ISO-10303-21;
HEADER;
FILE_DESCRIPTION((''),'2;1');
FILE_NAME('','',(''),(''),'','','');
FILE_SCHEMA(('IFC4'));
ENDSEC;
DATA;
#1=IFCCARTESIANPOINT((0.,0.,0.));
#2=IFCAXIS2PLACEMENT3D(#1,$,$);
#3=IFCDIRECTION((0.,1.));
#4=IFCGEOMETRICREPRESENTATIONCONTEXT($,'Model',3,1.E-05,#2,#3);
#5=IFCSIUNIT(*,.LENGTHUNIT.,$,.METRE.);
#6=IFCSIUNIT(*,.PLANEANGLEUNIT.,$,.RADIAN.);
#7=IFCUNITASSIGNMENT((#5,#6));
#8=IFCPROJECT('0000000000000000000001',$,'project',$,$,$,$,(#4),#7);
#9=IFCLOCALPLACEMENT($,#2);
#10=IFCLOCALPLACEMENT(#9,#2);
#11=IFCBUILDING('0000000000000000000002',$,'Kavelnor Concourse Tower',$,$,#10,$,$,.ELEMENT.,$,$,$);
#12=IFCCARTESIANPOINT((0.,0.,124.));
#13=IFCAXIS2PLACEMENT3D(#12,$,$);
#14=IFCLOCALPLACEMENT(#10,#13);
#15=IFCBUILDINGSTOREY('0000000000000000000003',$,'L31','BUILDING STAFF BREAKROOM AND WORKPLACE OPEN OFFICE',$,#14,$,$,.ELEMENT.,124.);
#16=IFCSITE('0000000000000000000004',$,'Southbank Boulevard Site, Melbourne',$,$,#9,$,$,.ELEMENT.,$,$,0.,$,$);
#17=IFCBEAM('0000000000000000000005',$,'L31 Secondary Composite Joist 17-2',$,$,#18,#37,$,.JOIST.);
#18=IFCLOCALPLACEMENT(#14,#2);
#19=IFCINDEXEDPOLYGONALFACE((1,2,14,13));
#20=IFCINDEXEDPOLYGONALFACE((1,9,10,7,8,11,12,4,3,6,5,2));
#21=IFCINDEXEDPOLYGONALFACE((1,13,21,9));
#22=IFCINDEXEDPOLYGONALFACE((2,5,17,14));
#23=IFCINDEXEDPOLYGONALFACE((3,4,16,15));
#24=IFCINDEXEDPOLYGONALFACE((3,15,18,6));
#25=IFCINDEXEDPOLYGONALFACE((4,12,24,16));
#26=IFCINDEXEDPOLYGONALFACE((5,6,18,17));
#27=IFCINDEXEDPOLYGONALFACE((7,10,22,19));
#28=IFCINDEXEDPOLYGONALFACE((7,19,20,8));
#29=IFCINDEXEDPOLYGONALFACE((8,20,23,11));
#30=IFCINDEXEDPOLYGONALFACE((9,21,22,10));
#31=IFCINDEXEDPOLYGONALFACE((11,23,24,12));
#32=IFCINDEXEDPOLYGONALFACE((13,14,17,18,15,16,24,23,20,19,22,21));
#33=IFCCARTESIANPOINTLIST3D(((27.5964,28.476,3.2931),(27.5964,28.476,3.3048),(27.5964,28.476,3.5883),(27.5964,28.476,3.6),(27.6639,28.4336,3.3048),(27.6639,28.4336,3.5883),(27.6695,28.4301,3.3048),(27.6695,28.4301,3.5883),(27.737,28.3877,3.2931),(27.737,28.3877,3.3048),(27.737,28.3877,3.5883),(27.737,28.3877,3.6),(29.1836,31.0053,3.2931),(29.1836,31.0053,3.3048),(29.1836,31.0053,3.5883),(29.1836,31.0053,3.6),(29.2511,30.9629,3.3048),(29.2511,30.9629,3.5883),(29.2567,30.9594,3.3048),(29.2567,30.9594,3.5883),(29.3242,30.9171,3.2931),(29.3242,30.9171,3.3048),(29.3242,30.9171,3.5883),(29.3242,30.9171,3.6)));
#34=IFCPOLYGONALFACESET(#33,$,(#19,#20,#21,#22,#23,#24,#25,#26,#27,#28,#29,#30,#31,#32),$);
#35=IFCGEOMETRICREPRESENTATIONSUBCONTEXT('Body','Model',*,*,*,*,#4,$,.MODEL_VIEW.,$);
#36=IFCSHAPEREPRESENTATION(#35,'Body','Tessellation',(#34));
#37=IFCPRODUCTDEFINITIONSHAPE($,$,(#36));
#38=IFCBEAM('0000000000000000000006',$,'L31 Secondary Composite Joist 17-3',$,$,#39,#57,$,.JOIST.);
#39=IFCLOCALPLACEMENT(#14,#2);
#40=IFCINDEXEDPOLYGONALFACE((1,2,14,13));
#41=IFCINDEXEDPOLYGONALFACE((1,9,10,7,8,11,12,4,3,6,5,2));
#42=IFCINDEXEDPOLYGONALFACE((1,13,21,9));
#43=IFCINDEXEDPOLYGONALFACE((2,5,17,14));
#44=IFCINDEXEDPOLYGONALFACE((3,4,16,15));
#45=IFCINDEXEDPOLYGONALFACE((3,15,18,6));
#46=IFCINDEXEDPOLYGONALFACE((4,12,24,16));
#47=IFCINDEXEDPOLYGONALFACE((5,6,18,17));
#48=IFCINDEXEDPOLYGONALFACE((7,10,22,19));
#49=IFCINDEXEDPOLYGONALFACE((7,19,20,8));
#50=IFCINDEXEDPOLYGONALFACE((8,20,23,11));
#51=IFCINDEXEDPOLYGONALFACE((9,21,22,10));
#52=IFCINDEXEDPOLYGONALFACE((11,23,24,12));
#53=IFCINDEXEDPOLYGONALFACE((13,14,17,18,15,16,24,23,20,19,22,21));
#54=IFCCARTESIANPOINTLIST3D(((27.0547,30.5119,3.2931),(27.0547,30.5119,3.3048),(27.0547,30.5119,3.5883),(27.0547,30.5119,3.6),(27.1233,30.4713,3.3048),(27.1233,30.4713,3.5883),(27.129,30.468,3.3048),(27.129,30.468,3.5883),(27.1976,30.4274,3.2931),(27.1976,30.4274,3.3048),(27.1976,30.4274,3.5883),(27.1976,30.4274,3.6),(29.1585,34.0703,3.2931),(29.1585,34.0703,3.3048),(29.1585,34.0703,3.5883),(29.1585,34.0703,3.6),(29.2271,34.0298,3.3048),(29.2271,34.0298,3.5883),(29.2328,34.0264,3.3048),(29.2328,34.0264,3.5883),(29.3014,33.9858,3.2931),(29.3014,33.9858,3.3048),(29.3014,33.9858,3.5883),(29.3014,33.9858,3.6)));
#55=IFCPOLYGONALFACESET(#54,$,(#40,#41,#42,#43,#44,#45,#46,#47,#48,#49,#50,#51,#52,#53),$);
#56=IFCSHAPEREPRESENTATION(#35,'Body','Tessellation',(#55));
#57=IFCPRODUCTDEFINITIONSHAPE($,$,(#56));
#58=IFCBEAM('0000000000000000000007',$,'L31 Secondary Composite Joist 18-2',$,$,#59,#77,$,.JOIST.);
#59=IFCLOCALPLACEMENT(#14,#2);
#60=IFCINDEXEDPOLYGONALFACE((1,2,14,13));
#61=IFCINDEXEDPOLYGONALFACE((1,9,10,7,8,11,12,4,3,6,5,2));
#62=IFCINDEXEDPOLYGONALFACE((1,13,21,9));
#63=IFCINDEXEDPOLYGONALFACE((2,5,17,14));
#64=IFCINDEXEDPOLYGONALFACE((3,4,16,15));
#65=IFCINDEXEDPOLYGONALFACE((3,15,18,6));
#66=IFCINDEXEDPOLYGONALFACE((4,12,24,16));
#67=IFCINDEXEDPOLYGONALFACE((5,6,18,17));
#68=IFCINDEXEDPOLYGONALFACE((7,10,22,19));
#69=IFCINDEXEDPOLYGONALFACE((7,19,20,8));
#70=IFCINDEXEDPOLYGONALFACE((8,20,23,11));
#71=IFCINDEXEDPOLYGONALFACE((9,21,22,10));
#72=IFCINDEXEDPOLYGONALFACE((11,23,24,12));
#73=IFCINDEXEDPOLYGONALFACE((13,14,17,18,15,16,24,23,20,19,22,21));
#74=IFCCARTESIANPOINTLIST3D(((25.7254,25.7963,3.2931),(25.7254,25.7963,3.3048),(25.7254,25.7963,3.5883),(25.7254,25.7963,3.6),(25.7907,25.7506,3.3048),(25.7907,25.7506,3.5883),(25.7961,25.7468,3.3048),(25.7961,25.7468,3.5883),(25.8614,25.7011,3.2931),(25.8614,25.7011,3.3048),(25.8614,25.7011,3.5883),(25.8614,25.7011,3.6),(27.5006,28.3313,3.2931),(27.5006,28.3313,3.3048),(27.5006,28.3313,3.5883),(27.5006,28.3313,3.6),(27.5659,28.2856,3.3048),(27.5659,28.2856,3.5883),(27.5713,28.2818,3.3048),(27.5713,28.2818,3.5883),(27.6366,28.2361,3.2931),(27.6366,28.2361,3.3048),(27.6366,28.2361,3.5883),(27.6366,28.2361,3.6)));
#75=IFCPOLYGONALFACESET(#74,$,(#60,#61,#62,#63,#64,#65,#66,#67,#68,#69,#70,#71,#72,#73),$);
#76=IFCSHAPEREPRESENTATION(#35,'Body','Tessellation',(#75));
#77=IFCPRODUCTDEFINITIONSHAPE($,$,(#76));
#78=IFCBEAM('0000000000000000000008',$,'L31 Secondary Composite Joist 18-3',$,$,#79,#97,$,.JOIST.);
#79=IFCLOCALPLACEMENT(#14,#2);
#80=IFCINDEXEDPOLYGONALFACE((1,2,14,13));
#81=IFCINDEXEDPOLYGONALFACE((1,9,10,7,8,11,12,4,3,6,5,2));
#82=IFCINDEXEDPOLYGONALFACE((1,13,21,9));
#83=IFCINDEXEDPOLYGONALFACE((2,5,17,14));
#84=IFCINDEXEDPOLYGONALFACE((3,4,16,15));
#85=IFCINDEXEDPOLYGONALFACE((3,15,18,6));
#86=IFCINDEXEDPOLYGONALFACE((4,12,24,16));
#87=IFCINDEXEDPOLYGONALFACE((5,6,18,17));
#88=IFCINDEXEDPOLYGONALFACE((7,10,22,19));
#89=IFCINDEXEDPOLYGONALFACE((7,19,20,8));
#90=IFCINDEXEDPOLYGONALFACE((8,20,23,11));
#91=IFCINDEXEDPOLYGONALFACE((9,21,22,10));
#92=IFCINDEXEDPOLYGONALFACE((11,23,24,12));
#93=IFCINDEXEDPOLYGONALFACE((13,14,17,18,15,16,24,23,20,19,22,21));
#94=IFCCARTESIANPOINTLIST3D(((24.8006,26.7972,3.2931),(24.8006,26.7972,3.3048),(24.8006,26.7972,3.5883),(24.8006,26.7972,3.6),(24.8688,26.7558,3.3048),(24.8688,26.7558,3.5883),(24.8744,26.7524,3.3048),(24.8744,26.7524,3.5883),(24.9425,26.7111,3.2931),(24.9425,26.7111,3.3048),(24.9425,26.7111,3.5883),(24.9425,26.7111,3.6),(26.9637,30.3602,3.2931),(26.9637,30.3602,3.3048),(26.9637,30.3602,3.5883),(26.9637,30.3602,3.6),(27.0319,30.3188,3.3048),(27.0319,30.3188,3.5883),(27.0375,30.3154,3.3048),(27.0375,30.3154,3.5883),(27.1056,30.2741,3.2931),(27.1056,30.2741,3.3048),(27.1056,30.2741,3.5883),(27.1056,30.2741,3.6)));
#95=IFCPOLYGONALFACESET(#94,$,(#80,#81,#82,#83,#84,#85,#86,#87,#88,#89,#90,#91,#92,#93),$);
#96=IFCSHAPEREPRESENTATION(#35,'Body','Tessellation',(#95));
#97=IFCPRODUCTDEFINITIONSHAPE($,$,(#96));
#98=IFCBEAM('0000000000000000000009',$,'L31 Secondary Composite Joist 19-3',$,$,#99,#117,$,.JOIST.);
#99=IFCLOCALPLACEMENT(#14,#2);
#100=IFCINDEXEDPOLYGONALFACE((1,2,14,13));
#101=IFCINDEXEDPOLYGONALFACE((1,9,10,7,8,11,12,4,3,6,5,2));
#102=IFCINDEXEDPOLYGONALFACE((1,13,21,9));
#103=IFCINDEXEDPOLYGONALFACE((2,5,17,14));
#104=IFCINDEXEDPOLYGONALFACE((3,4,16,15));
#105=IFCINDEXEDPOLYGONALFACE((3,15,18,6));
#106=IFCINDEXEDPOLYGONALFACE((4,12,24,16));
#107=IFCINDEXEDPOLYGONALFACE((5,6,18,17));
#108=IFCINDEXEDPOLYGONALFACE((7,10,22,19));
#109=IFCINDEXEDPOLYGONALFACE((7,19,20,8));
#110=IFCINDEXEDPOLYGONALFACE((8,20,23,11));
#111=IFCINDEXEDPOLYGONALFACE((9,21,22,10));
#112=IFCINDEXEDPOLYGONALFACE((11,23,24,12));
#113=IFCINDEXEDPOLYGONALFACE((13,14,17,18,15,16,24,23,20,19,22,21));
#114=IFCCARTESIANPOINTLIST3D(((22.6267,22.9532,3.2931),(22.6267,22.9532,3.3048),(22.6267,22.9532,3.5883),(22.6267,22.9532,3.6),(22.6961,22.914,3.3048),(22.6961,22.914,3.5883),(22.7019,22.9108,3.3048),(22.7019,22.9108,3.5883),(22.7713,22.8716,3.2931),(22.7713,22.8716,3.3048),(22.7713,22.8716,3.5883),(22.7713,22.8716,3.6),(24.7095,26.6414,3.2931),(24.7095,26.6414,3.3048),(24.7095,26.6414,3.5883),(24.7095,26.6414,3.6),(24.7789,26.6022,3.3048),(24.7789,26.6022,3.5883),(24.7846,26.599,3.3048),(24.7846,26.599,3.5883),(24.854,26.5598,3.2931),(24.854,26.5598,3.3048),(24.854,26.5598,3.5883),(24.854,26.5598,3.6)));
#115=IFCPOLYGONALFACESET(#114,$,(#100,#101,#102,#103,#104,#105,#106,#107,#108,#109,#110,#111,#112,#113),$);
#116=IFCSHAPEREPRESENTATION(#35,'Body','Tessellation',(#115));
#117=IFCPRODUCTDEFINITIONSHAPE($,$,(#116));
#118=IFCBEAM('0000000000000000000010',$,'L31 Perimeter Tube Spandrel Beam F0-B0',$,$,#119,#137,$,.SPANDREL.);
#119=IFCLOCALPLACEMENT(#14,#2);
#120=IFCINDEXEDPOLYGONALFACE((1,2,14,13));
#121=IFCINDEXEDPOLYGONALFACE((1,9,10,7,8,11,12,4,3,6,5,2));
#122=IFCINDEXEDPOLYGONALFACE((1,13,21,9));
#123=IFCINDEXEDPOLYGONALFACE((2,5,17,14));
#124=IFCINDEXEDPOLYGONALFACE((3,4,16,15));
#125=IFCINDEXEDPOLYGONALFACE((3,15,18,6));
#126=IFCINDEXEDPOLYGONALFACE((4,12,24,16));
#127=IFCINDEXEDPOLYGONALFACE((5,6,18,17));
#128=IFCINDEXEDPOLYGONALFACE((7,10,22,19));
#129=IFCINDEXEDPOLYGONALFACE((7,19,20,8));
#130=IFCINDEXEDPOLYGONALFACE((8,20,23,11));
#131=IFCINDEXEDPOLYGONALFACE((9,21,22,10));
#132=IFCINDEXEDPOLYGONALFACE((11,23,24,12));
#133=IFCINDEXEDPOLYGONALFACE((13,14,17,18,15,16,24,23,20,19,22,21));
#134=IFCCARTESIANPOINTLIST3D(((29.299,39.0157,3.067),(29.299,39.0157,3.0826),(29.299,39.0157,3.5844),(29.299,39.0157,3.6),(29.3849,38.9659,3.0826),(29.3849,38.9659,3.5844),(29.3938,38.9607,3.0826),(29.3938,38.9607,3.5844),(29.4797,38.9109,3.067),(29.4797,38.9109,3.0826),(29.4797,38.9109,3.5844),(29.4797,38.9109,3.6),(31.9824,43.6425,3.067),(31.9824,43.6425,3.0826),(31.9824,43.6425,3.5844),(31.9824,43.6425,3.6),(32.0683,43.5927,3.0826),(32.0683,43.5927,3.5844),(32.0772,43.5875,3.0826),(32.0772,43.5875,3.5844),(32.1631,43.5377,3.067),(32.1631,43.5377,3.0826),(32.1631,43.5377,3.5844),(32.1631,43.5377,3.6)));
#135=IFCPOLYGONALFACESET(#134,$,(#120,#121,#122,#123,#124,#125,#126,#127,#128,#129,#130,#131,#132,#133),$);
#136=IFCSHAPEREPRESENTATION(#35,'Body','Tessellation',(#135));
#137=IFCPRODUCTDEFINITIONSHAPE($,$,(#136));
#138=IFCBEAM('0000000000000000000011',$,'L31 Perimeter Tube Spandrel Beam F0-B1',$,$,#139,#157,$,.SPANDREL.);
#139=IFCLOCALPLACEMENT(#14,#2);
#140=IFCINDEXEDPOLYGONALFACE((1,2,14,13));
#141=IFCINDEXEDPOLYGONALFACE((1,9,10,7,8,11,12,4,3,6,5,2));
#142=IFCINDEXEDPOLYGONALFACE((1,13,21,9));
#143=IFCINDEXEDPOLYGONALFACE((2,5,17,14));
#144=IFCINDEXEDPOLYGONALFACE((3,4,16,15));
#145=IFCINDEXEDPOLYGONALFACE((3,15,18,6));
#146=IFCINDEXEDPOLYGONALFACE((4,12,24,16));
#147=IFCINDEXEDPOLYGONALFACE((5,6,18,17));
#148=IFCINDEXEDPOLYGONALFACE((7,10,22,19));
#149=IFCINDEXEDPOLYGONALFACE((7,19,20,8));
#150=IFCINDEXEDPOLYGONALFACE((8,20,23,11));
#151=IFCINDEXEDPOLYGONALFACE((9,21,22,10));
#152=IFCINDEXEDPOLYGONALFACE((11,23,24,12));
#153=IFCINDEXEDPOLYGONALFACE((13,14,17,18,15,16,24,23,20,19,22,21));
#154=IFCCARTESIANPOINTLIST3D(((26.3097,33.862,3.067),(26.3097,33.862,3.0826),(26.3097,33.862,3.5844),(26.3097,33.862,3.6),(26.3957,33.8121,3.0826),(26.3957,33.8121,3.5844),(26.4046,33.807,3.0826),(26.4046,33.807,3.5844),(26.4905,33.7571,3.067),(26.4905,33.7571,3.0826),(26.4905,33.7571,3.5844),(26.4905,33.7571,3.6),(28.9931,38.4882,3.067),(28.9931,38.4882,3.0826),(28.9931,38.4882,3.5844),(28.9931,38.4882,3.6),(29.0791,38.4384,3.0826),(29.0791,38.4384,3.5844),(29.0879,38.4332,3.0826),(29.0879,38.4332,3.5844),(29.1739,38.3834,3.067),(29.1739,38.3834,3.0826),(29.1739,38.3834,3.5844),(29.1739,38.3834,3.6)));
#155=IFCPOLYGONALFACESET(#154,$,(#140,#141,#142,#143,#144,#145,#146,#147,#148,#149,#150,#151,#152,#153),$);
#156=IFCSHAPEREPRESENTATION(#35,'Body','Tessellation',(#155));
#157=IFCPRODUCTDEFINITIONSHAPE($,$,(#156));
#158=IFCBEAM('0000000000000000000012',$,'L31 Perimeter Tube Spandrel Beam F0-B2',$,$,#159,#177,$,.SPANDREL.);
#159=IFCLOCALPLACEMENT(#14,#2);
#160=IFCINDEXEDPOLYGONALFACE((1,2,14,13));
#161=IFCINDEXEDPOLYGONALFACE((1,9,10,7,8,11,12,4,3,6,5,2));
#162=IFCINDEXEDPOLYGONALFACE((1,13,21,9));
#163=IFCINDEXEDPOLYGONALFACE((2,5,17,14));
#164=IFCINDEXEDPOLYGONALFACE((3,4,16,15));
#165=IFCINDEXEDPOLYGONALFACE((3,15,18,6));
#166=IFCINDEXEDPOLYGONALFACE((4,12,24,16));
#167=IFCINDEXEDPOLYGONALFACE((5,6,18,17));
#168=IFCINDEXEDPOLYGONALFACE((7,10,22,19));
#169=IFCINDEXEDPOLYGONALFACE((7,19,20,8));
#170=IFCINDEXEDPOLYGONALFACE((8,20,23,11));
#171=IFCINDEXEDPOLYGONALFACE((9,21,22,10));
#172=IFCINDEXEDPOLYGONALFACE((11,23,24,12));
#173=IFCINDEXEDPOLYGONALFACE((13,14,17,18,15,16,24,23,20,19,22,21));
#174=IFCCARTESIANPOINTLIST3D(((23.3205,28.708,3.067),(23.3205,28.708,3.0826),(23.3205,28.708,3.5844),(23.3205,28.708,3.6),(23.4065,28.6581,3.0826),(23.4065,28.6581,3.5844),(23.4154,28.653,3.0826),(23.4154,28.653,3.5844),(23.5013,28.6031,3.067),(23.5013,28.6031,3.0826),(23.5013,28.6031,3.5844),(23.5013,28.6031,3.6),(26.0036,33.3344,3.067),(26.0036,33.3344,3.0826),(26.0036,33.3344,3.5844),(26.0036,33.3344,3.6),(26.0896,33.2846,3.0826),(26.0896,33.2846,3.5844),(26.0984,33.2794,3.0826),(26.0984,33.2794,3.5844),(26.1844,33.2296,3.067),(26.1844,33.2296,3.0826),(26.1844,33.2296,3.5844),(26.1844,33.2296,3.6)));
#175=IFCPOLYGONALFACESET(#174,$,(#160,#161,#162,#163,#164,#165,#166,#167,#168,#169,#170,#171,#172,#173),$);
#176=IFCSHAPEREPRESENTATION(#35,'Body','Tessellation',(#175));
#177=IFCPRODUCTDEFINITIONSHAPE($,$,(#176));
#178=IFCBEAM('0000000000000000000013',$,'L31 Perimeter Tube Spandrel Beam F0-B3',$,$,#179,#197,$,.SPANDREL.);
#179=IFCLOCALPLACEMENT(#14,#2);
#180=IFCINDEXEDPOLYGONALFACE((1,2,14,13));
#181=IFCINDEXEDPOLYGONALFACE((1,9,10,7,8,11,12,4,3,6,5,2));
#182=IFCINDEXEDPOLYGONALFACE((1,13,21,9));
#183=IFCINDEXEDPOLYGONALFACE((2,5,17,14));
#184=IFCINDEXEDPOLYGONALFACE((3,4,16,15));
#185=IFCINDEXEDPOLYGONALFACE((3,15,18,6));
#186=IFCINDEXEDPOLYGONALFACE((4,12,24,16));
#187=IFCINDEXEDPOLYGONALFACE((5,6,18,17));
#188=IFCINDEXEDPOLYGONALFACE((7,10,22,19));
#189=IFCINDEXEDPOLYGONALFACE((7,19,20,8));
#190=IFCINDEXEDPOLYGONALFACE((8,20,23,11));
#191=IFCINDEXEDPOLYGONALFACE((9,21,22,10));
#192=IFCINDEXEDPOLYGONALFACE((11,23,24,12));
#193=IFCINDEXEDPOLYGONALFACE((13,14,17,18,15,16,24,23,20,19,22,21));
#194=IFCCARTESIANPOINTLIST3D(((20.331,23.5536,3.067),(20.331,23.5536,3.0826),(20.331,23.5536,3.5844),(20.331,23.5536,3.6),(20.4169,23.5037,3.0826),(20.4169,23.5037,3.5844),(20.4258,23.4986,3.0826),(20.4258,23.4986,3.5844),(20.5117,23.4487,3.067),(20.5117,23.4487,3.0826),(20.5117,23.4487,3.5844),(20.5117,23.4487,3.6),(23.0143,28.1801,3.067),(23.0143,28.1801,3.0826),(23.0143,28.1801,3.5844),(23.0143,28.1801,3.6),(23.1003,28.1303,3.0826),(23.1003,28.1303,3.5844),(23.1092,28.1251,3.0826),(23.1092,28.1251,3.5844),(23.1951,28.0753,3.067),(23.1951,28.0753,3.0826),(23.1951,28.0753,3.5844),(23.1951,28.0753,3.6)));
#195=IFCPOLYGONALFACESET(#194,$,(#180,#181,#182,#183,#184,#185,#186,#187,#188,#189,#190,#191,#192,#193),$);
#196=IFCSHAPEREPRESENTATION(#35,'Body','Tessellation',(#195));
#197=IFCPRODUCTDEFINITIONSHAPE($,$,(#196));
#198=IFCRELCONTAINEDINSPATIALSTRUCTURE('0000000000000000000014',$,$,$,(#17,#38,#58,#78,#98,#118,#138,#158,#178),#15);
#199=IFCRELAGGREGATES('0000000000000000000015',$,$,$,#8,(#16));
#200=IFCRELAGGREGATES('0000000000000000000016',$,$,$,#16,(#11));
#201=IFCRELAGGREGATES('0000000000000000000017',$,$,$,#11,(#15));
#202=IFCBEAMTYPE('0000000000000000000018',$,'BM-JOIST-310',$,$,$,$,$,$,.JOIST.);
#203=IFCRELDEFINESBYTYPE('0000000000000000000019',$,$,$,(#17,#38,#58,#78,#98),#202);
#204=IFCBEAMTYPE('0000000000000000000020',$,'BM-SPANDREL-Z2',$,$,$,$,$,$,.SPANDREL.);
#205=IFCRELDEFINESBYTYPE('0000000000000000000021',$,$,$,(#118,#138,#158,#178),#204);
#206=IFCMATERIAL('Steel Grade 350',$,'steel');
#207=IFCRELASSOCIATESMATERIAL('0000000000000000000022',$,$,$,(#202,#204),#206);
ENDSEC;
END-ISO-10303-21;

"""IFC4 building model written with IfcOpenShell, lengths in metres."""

from ifc_helpers import new_model, si_unit, direction, frame, origin, origin_2d, place, context, subcontext, project, spatial, i_section, extrude, material, material_profile, profile_set, type_object, element, save


model = new_model("IFC4")

# Units and contexts
model_context = context("Model", 3, precision=1e-05, world=origin(), true_north=direction((0.0, 1.0)))
body_context = subcontext(model_context, "Body", "Model", "MODEL_VIEW")
ifc_project = project(units=[si_unit("LENGTHUNIT", "METRE"), si_unit("PLANEANGLEUNIT", "RADIAN")], contexts=[model_context])

# Site, building, storey
site_placement = place(None, origin())
site = spatial("IfcSite", under=ifc_project, at=site_placement, Name="Southbank Boulevard Site, Melbourne", CompositionType="ELEMENT", RefElevation=0.0)
building_placement = place(site_placement, origin())
building = spatial("IfcBuilding", under=site, at=building_placement, Name="Kavelnor Concourse Tower", CompositionType="ELEMENT")
storey_placement = place(building_placement, frame((0.0, 0.0, 124.0)))
storey = spatial("IfcBuildingStorey", under=building, at=storey_placement, Name="L31", Description="BUILDING STAFF BREAKROOM AND WORKPLACE OPEN OFFICE", CompositionType="ELEMENT", Elevation=124.0)

# Shared definitions
ifc_material_1 = material(Name="Steel Grade 350", Category="steel")

# Beams
ifc_material_profile_1 = material_profile(ifc_material_1, i_section(OverallWidth=0.166, OverallDepth=0.3069, WebThickness=0.0066, FlangeThickness=0.0117, at=origin_2d()), Name="310UB46")
ifc_profile_set_1 = profile_set([ifc_material_profile_1], Name="Steel Grade 350")
beam_type_1 = type_object("IfcBeamType", Name="BM-JOIST-310", PredefinedType="JOIST", material=ifc_profile_set_1)
beam_1_placement = place(storey_placement, frame((29.2539, 30.9612, 3.4465), z_axis=(-0.531527, -0.847042, 0.0), x_axis=(0.847042, -0.531527, 0.0)))
element("IfcBeam", 1, at=beam_1_placement, inside=storey, type_object=beam_type_1, Name="L31 Secondary Composite Joist 17-2", PredefinedType="JOIST", context=body_context, shape_type="SweptSolid", body=[
    extrude(i_section(OverallWidth=0.166, OverallDepth=0.3069, WebThickness=0.0066, FlangeThickness=0.0117, at=origin_2d()), origin(), (0.0, 0.0, 1.0), 2.9861),
])
beam_2_placement = place(storey_placement, frame((29.23, 34.0281, 3.4465), z_axis=(-0.508926, -0.86081, 0.0), x_axis=(0.86081, -0.508926, 0.0)))
element("IfcBeam", 2, at=beam_2_placement, inside=storey, type_object=beam_type_1, Name="L31 Secondary Composite Joist 17-3", PredefinedType="JOIST", context=body_context, shape_type="SweptSolid", body=[
    extrude(i_section(OverallWidth=0.166, OverallDepth=0.3069, WebThickness=0.0066, FlangeThickness=0.0117, at=origin_2d()), origin(), (0.0, 0.0, 1.0), 4.1338),
])
beam_3_placement = place(storey_placement, frame((27.5686, 28.2837, 3.4465), z_axis=(-0.573616, -0.819124, 0.0), x_axis=(0.819124, -0.573616, 0.0)))
element("IfcBeam", 3, at=beam_3_placement, inside=storey, type_object=beam_type_1, Name="L31 Secondary Composite Joist 18-2", PredefinedType="JOIST", context=body_context, shape_type="SweptSolid", body=[
    extrude(i_section(OverallWidth=0.166, OverallDepth=0.3069, WebThickness=0.0066, FlangeThickness=0.0117, at=origin_2d()), origin(), (0.0, 0.0, 1.0), 3.0947),
])
beam_4_placement = place(storey_placement, frame((27.0347, 30.3171, 3.4465), z_axis=(-0.518951, -0.854804, 0.0), x_axis=(0.854804, -0.518951, 0.0)))
element("IfcBeam", 4, at=beam_4_placement, inside=storey, type_object=beam_type_1, Name="L31 Secondary Composite Joist 18-3", PredefinedType="JOIST", context=body_context, shape_type="SweptSolid", body=[
    extrude(i_section(OverallWidth=0.166, OverallDepth=0.3069, WebThickness=0.0066, FlangeThickness=0.0117, at=origin_2d()), origin(), (0.0, 0.0, 1.0), 4.1682),
])
beam_5_placement = place(storey_placement, frame((24.7817, 26.6006, 3.4465), z_axis=(-0.491719, -0.870754, 0.0), x_axis=(0.870754, -0.491719, 0.0)))
element("IfcBeam", 5, at=beam_5_placement, inside=storey, type_object=beam_type_1, Name="L31 Secondary Composite Joist 19-3", PredefinedType="JOIST", context=body_context, shape_type="SweptSolid", body=[
    extrude(i_section(OverallWidth=0.166, OverallDepth=0.3069, WebThickness=0.0066, FlangeThickness=0.0117, at=origin_2d()), origin(), (0.0, 0.0, 1.0), 4.2356),
])
ifc_material_profile_2 = material_profile(ifc_material_1, i_section(OverallWidth=0.209, OverallDepth=0.533, WebThickness=0.0103, FlangeThickness=0.0156, at=origin_2d()), Name="530UB92")
ifc_profile_set_2 = profile_set([ifc_material_profile_2], Name="Steel Grade 350")
beam_type_2 = type_object("IfcBeamType", Name="BM-SPANDREL-Z2", PredefinedType="SPANDREL", material=ifc_profile_set_2)
beam_6_placement = place(storey_placement, frame((32.0728, 43.5901, 3.3335), z_axis=(-0.501698, -0.865043, 0.0), x_axis=(0.865043, -0.501698, 0.0)))
element("IfcBeam", 6, at=beam_6_placement, inside=storey, type_object=beam_type_2, Name="L31 Perimeter Tube Spandrel Beam F0-B0", PredefinedType="SPANDREL", context=body_context, shape_type="SweptSolid", body=[
    extrude(i_section(OverallWidth=0.209, OverallDepth=0.533, WebThickness=0.0103, FlangeThickness=0.0156, at=origin_2d()), origin(), (0.0, 0.0, 1.0), 5.3486),
])
for number, where, z_axis, x_axis, name in (
    (7, (29.0835, 38.4358, 3.3335), (-0.501738, -0.86502, 0.0), (0.86502, -0.501738, 0.0), "L31 Perimeter Tube Spandrel Beam F0-B1"),
    (8, (26.094, 33.282, 3.3335), (-0.501684, -0.865051, 0.0), (0.865051, -0.501684, 0.0), "L31 Perimeter Tube Spandrel Beam F0-B2"),
):
    element("IfcBeam", number, at=place(storey_placement, frame(where, z_axis=z_axis, x_axis=x_axis)), inside=storey, type_object=beam_type_2, Name=name, PredefinedType="SPANDREL", context=body_context, shape_type="SweptSolid", body=[
        extrude(i_section(OverallWidth=0.209, OverallDepth=0.533, WebThickness=0.0103, FlangeThickness=0.0156, at=origin_2d()), origin(), (0.0, 0.0, 1.0), 5.3481),
    ])
beam_7_placement = place(storey_placement, frame((23.1047, 28.1277, 3.3335), z_axis=(-0.501718, -0.865031, 0.0), x_axis=(0.865031, -0.501718, 0.0)))
element("IfcBeam", 9, at=beam_7_placement, inside=storey, type_object=beam_type_2, Name="L31 Perimeter Tube Spandrel Beam F0-B3", PredefinedType="SPANDREL", context=body_context, shape_type="SweptSolid", body=[
    extrude(i_section(OverallWidth=0.209, OverallDepth=0.533, WebThickness=0.0103, FlangeThickness=0.0156, at=origin_2d()), origin(), (0.0, 0.0, 1.0), 5.3484),
])

save(model, "model.ifc")
